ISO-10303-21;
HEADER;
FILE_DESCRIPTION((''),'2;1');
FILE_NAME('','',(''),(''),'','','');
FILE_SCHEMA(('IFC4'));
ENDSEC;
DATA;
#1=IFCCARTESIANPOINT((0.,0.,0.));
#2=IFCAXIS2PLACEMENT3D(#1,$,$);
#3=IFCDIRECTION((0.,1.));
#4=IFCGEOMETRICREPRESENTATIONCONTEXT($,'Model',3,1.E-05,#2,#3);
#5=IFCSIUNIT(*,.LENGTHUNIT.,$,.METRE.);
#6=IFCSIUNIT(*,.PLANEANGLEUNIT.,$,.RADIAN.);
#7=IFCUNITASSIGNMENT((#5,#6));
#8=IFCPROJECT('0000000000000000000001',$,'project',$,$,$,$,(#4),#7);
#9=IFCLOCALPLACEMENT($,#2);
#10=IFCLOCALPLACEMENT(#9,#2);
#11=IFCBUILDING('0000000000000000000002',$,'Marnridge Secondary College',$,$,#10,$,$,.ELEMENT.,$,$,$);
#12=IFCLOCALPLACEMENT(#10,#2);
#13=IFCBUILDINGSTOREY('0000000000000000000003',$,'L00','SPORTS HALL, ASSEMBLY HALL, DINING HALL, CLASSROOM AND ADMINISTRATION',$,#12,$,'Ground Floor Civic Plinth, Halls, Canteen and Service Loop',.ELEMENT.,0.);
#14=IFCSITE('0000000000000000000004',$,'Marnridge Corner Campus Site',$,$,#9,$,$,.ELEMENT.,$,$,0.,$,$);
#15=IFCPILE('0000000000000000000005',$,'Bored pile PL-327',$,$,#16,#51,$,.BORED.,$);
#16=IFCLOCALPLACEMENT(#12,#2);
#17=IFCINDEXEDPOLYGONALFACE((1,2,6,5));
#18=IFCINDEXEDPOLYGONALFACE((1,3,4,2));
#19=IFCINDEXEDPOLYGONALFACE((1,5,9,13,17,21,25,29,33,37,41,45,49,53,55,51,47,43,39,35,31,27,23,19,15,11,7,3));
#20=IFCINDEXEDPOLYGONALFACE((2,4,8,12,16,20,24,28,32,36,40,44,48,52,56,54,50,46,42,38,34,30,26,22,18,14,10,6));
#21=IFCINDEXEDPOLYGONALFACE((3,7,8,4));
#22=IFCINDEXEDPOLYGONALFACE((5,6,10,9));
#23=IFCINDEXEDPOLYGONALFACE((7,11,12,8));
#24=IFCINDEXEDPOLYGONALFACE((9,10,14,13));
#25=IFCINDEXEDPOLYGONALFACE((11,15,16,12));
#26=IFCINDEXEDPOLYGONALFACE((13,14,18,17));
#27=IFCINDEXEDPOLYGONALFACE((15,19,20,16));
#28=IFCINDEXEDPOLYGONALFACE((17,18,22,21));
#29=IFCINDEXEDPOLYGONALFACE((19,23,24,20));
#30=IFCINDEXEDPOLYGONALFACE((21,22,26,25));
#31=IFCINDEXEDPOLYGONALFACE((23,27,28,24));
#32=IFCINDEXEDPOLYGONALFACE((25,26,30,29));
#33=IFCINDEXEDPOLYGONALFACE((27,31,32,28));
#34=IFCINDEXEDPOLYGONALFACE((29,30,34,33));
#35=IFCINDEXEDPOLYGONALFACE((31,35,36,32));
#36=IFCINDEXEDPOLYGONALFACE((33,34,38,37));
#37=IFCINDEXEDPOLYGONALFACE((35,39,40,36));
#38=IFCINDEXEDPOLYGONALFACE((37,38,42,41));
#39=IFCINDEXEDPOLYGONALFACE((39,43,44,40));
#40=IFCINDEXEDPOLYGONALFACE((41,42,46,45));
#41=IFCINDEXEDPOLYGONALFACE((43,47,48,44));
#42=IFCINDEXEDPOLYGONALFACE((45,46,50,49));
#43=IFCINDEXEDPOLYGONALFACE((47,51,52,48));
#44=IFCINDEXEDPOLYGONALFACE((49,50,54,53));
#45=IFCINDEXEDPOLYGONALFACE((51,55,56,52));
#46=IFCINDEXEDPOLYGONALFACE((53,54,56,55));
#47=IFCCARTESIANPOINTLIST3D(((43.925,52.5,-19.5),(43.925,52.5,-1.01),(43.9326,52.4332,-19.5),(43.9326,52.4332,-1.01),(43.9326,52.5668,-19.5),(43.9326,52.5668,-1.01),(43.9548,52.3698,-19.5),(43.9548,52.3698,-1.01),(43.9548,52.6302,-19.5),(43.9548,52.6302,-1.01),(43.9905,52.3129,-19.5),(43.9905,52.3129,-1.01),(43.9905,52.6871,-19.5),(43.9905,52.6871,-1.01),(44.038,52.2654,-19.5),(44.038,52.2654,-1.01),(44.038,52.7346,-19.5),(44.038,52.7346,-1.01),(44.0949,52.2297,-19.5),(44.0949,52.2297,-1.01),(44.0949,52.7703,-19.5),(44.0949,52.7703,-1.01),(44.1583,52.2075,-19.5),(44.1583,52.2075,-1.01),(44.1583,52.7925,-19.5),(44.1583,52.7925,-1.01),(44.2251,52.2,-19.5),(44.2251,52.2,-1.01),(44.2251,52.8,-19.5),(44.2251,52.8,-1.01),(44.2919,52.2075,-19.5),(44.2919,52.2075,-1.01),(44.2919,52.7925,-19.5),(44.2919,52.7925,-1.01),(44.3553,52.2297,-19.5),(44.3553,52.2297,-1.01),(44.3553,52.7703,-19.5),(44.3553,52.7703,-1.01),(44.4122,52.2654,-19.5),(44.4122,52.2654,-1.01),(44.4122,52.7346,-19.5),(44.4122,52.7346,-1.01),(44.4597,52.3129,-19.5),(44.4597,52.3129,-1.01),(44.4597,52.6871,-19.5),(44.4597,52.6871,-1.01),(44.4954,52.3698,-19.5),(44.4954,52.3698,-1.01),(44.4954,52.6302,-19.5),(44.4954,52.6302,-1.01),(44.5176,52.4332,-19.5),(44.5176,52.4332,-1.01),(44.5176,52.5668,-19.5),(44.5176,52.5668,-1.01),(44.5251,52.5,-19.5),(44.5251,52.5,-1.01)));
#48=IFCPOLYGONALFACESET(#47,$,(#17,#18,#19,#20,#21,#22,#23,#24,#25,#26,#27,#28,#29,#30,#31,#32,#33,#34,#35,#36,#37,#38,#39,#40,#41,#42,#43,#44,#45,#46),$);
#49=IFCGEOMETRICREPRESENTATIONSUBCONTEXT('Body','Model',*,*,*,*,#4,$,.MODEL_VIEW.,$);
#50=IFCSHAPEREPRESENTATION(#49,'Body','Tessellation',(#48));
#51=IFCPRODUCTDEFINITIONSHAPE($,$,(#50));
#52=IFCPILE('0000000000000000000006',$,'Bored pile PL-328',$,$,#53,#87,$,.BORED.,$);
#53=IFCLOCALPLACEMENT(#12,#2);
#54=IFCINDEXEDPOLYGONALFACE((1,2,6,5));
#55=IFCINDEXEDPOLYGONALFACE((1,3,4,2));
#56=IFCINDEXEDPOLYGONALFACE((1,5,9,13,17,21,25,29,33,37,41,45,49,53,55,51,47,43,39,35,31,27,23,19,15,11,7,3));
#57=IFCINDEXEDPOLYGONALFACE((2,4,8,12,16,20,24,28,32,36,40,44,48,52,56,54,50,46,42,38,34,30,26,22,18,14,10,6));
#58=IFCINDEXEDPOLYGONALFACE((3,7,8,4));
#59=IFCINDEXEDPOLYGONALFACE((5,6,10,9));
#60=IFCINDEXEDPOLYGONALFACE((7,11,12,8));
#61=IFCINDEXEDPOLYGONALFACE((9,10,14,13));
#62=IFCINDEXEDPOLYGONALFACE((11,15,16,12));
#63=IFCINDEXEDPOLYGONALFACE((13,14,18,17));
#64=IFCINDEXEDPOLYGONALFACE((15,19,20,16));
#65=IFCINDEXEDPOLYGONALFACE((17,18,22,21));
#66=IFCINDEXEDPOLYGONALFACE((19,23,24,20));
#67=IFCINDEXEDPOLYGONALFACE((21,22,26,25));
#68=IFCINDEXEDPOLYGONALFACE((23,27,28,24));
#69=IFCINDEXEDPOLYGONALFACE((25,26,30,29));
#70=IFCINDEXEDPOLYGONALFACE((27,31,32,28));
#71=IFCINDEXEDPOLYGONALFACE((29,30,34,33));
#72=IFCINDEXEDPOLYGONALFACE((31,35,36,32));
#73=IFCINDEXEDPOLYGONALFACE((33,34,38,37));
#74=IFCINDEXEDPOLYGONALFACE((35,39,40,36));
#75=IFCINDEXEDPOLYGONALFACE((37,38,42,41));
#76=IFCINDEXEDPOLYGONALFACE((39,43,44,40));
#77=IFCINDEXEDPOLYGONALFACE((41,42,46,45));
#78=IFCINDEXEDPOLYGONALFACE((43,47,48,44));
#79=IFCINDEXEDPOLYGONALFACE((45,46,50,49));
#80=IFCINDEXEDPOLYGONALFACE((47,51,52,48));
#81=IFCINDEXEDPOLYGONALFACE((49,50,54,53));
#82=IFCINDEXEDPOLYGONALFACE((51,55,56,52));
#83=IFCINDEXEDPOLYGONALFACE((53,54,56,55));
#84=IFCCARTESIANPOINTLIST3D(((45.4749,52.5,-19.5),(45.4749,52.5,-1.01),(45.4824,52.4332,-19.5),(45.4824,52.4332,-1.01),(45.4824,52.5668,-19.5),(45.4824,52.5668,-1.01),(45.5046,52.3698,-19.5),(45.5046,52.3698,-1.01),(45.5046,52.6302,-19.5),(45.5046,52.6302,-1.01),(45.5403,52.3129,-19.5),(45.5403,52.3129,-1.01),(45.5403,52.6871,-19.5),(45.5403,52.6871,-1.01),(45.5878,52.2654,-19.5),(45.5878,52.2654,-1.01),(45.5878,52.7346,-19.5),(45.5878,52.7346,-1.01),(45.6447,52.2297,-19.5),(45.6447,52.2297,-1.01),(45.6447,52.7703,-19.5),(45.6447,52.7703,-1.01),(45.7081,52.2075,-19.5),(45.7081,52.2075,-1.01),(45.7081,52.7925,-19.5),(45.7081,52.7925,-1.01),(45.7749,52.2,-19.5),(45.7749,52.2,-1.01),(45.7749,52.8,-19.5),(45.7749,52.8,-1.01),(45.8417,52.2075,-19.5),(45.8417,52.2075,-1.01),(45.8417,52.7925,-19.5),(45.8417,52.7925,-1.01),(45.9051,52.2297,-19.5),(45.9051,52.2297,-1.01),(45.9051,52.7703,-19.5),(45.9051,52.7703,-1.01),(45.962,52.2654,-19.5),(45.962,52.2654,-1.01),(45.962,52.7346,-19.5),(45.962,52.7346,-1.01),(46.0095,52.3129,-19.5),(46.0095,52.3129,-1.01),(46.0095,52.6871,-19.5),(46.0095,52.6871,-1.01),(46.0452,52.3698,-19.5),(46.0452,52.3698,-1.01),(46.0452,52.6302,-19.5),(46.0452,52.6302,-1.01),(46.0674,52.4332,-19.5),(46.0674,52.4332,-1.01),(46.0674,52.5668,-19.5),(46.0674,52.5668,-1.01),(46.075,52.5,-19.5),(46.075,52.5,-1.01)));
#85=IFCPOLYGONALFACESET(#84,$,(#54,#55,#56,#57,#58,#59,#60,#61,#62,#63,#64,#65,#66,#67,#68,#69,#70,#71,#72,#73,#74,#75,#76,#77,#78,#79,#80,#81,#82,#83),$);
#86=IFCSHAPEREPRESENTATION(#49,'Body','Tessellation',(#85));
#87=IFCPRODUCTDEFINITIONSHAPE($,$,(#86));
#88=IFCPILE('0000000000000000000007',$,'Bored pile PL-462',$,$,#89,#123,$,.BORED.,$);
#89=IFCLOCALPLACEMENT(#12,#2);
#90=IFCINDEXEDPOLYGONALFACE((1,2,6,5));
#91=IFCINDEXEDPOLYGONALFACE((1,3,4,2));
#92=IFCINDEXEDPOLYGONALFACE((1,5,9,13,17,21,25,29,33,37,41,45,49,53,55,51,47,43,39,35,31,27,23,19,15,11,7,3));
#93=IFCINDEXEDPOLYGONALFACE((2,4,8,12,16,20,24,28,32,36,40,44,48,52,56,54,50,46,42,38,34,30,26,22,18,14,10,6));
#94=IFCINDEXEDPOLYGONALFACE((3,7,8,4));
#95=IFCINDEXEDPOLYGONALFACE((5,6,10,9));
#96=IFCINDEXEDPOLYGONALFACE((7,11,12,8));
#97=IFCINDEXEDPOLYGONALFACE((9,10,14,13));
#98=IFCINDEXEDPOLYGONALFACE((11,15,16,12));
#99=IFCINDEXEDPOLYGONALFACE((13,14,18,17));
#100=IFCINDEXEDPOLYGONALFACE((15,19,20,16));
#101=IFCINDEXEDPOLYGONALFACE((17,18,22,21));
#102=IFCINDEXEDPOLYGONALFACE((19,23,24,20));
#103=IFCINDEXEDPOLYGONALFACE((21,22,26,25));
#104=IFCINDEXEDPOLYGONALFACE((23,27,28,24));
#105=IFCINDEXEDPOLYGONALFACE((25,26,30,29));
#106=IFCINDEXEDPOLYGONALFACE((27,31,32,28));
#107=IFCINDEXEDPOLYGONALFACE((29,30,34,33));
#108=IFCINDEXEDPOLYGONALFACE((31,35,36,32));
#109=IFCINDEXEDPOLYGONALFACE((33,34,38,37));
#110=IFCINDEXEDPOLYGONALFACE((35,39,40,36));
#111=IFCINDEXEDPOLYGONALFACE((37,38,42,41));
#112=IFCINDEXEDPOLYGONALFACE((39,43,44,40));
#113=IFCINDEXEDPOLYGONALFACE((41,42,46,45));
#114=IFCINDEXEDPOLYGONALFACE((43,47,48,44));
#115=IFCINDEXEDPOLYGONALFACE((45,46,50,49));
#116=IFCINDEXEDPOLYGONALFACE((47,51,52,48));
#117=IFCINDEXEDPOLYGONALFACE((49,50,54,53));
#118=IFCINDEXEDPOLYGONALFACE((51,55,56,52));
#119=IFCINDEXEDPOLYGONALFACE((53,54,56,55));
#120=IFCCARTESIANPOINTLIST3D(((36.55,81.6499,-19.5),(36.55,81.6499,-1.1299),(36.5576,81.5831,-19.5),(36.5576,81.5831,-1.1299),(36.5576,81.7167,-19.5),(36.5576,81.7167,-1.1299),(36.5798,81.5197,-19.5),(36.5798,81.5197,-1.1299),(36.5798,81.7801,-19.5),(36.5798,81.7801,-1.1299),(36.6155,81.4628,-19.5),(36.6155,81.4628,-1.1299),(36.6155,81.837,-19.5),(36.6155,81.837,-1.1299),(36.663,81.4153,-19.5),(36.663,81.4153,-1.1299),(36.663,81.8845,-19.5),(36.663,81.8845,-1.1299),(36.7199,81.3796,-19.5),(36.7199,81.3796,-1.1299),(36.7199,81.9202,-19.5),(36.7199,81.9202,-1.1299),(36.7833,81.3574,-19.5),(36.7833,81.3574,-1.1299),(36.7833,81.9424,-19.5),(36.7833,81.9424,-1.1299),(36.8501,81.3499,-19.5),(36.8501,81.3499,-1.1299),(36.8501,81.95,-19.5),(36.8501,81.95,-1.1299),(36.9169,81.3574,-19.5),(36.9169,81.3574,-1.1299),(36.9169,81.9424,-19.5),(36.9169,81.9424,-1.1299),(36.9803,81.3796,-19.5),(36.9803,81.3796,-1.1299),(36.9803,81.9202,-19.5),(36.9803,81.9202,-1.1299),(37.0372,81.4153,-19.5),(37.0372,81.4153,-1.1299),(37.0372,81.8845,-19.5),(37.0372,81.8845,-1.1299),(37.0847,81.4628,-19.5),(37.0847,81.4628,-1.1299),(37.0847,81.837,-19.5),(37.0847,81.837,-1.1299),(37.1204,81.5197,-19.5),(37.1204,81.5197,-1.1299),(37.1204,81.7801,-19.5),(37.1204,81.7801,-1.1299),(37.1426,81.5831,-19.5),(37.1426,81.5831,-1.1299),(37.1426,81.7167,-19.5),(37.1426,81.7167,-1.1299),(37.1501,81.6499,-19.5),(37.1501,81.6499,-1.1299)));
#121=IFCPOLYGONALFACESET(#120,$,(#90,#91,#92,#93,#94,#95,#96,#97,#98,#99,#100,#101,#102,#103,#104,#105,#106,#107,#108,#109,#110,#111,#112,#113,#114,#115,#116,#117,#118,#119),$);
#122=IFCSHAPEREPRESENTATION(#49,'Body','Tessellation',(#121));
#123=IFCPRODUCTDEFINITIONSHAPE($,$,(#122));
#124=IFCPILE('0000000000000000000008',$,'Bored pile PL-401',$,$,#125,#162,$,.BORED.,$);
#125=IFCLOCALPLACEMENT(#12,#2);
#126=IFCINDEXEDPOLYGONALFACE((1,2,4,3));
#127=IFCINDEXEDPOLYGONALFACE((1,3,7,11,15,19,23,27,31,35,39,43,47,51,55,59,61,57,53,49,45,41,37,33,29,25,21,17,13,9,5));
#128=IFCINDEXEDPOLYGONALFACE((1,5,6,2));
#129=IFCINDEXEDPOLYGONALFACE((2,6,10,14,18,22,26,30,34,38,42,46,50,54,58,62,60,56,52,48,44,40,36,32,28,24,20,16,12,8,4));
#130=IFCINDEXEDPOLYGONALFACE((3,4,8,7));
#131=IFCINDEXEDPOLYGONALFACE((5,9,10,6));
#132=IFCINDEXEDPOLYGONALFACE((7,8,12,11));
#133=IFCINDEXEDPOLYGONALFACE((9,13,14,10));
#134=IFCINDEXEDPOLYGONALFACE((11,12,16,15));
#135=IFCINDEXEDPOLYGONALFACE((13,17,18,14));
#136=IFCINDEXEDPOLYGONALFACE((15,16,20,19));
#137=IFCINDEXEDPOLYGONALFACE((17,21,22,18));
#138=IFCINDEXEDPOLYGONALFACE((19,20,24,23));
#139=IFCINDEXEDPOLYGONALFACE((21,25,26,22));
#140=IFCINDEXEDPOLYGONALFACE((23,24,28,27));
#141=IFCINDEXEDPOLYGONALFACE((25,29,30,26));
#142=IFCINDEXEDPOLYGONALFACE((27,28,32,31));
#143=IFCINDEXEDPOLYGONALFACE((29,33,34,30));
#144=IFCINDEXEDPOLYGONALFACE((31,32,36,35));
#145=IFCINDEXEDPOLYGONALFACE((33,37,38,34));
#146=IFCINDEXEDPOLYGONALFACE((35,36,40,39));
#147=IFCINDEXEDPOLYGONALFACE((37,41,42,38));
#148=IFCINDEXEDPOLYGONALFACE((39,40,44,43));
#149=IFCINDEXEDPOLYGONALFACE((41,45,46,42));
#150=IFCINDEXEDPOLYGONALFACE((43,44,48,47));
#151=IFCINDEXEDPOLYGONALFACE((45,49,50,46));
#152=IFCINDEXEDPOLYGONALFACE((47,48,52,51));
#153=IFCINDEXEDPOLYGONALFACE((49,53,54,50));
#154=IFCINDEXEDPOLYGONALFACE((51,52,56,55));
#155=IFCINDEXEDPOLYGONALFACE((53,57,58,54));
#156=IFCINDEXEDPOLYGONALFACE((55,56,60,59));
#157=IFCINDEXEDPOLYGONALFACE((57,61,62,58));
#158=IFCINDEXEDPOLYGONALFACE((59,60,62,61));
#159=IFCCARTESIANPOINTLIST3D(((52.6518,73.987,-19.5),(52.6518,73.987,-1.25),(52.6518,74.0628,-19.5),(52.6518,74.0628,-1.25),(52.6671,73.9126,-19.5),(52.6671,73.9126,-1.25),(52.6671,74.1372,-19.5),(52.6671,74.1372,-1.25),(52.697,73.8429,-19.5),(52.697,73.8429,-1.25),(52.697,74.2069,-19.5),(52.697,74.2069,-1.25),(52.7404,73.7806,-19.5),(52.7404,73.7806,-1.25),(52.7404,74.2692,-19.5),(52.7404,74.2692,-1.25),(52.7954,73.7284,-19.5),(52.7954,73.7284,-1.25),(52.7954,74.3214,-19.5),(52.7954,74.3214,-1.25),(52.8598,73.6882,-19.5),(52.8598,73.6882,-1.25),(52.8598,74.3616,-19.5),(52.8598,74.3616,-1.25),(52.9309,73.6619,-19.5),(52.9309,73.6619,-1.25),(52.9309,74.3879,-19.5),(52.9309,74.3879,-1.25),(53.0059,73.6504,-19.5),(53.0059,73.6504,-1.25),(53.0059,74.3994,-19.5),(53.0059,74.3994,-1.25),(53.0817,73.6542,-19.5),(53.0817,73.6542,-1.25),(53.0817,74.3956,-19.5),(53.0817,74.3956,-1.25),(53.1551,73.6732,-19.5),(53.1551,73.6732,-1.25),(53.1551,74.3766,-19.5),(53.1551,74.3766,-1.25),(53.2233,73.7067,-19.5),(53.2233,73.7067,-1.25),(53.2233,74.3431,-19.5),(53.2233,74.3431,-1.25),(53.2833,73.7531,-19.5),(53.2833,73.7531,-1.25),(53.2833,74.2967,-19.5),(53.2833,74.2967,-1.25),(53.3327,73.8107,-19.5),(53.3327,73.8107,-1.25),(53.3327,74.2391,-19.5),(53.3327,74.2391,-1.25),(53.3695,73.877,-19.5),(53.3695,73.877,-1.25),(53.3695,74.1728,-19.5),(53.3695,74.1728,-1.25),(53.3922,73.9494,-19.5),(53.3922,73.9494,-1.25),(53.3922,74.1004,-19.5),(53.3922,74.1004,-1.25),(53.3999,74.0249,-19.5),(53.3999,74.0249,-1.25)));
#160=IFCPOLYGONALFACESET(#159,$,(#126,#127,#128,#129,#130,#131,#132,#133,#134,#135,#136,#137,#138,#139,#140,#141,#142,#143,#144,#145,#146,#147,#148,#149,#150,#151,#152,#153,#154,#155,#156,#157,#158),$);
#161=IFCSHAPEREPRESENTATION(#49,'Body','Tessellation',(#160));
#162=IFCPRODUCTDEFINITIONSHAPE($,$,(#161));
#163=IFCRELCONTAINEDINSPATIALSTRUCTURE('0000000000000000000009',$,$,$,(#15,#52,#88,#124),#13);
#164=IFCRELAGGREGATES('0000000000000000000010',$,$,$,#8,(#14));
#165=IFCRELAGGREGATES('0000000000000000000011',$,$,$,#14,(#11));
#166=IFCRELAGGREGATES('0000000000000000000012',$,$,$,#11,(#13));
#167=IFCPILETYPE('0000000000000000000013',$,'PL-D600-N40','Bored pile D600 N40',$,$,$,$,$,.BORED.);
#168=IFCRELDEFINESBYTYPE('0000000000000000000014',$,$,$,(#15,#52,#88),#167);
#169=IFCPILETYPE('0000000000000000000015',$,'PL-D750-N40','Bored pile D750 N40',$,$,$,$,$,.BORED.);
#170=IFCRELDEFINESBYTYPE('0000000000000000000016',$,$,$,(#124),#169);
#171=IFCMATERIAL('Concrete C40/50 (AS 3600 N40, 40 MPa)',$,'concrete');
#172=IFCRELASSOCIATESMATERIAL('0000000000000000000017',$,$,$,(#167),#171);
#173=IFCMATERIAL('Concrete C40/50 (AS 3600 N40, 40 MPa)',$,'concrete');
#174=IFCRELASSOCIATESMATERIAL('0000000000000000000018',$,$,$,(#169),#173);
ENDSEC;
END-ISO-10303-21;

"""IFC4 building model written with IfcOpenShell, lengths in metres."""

from ifc_helpers import new_model, si_unit, direction, frame, origin, origin_2d, place, context, subcontext, project, spatial, circle, extrude, material, material_profile, profile_set, type_object, element, save


model = new_model("IFC4")

# Units and contexts
model_context = context("Model", 3, precision=1e-05, world=origin(), true_north=direction((0.0, 1.0)))
body_context = subcontext(model_context, "Body", "Model", "MODEL_VIEW")
ifc_project = project(units=[si_unit("LENGTHUNIT", "METRE"), si_unit("PLANEANGLEUNIT", "RADIAN")], contexts=[model_context])

# Site, building, storey
site_placement = place(None, origin())
site = spatial("IfcSite", under=ifc_project, at=site_placement, Name="Marnridge Corner Campus Site", CompositionType="ELEMENT", RefElevation=0.0)
building_placement = place(site_placement, origin())
building = spatial("IfcBuilding", under=site, at=building_placement, Name="Marnridge Secondary College", CompositionType="ELEMENT")
storey_placement = place(building_placement, origin())
storey = spatial("IfcBuildingStorey", under=building, at=storey_placement, Name="L00", Description="SPORTS HALL, ASSEMBLY HALL, DINING HALL, CLASSROOM AND ADMINISTRATION", LongName="Ground Floor Civic Plinth, Halls, Canteen and Service Loop", CompositionType="ELEMENT", Elevation=0.0)

# Piles
ifc_material_1 = material(Name="Concrete C40/50 (AS 3600 N40, 40 MPa)", Category="concrete")
ifc_material_profile_1 = material_profile(ifc_material_1, circle(Radius=0.3, at=origin_2d()), Name="PILE D600")
ifc_profile_set_1 = profile_set([ifc_material_profile_1], Name="Concrete C40/50 (AS 3600 N40, 40 MPa)")
pile_type_1 = type_object("IfcPileType", Name="PL-D600-N40", Description="Bored pile D600 N40", PredefinedType="BORED", material=ifc_profile_set_1)
for number, where, z_axis, x_axis, name in (
    (1, (44.2251, 52.5, -1.01), (0.0, 0.0, -1.0), (1.0, 0.0, 0.0), "Bored pile PL-327"),
    (2, (45.7749, 52.5, -1.01), (0.0, 0.0, -1.0), (1.0, 0.0, 0.0), "Bored pile PL-328"),
):
    element("IfcPile", number, at=place(storey_placement, frame(where, z_axis=z_axis, x_axis=x_axis)), inside=storey, type_object=pile_type_1, Name=name, PredefinedType="BORED", context=body_context, shape_type="SweptSolid", body=[
        extrude(circle(Radius=0.3, at=origin_2d()), origin(), (0.0, 0.0, 1.0), 18.49),
    ])
pile_1_placement = place(storey_placement, frame((36.8501, 81.6499, -1.1299), z_axis=(0.0, 0.0, -1.0), x_axis=(1.0, 0.0, 0.0)))
element("IfcPile", 3, at=pile_1_placement, inside=storey, type_object=pile_type_1, Name="Bored pile PL-462", PredefinedType="BORED", context=body_context, shape_type="SweptSolid", body=[
    extrude(circle(Radius=0.3, at=origin_2d()), origin(), (0.0, 0.0, 1.0), 18.3701),
])
ifc_material_2 = material(Name="Concrete C40/50 (AS 3600 N40, 40 MPa)", Category="concrete")
ifc_material_profile_2 = material_profile(ifc_material_2, circle(Radius=0.375, at=origin_2d()), Name="PILE D750")
ifc_profile_set_2 = profile_set([ifc_material_profile_2], Name="Concrete C40/50 (AS 3600 N40, 40 MPa)")
pile_type_2 = type_object("IfcPileType", Name="PL-D750-N40", Description="Bored pile D750 N40", PredefinedType="BORED", material=ifc_profile_set_2)
pile_2_placement = place(storey_placement, frame((53.0249, 74.0249, -1.25), z_axis=(0.0, 0.0, -1.0), x_axis=(1.0, 0.0, 0.0)))
element("IfcPile", 4, at=pile_2_placement, inside=storey, type_object=pile_type_2, Name="Bored pile PL-401", PredefinedType="BORED", context=body_context, shape_type="SweptSolid", body=[
    extrude(circle(Radius=0.375, at=origin_2d()), origin(), (0.0, 0.0, 1.0), 18.25),
])

save(model, "model.ifc")
